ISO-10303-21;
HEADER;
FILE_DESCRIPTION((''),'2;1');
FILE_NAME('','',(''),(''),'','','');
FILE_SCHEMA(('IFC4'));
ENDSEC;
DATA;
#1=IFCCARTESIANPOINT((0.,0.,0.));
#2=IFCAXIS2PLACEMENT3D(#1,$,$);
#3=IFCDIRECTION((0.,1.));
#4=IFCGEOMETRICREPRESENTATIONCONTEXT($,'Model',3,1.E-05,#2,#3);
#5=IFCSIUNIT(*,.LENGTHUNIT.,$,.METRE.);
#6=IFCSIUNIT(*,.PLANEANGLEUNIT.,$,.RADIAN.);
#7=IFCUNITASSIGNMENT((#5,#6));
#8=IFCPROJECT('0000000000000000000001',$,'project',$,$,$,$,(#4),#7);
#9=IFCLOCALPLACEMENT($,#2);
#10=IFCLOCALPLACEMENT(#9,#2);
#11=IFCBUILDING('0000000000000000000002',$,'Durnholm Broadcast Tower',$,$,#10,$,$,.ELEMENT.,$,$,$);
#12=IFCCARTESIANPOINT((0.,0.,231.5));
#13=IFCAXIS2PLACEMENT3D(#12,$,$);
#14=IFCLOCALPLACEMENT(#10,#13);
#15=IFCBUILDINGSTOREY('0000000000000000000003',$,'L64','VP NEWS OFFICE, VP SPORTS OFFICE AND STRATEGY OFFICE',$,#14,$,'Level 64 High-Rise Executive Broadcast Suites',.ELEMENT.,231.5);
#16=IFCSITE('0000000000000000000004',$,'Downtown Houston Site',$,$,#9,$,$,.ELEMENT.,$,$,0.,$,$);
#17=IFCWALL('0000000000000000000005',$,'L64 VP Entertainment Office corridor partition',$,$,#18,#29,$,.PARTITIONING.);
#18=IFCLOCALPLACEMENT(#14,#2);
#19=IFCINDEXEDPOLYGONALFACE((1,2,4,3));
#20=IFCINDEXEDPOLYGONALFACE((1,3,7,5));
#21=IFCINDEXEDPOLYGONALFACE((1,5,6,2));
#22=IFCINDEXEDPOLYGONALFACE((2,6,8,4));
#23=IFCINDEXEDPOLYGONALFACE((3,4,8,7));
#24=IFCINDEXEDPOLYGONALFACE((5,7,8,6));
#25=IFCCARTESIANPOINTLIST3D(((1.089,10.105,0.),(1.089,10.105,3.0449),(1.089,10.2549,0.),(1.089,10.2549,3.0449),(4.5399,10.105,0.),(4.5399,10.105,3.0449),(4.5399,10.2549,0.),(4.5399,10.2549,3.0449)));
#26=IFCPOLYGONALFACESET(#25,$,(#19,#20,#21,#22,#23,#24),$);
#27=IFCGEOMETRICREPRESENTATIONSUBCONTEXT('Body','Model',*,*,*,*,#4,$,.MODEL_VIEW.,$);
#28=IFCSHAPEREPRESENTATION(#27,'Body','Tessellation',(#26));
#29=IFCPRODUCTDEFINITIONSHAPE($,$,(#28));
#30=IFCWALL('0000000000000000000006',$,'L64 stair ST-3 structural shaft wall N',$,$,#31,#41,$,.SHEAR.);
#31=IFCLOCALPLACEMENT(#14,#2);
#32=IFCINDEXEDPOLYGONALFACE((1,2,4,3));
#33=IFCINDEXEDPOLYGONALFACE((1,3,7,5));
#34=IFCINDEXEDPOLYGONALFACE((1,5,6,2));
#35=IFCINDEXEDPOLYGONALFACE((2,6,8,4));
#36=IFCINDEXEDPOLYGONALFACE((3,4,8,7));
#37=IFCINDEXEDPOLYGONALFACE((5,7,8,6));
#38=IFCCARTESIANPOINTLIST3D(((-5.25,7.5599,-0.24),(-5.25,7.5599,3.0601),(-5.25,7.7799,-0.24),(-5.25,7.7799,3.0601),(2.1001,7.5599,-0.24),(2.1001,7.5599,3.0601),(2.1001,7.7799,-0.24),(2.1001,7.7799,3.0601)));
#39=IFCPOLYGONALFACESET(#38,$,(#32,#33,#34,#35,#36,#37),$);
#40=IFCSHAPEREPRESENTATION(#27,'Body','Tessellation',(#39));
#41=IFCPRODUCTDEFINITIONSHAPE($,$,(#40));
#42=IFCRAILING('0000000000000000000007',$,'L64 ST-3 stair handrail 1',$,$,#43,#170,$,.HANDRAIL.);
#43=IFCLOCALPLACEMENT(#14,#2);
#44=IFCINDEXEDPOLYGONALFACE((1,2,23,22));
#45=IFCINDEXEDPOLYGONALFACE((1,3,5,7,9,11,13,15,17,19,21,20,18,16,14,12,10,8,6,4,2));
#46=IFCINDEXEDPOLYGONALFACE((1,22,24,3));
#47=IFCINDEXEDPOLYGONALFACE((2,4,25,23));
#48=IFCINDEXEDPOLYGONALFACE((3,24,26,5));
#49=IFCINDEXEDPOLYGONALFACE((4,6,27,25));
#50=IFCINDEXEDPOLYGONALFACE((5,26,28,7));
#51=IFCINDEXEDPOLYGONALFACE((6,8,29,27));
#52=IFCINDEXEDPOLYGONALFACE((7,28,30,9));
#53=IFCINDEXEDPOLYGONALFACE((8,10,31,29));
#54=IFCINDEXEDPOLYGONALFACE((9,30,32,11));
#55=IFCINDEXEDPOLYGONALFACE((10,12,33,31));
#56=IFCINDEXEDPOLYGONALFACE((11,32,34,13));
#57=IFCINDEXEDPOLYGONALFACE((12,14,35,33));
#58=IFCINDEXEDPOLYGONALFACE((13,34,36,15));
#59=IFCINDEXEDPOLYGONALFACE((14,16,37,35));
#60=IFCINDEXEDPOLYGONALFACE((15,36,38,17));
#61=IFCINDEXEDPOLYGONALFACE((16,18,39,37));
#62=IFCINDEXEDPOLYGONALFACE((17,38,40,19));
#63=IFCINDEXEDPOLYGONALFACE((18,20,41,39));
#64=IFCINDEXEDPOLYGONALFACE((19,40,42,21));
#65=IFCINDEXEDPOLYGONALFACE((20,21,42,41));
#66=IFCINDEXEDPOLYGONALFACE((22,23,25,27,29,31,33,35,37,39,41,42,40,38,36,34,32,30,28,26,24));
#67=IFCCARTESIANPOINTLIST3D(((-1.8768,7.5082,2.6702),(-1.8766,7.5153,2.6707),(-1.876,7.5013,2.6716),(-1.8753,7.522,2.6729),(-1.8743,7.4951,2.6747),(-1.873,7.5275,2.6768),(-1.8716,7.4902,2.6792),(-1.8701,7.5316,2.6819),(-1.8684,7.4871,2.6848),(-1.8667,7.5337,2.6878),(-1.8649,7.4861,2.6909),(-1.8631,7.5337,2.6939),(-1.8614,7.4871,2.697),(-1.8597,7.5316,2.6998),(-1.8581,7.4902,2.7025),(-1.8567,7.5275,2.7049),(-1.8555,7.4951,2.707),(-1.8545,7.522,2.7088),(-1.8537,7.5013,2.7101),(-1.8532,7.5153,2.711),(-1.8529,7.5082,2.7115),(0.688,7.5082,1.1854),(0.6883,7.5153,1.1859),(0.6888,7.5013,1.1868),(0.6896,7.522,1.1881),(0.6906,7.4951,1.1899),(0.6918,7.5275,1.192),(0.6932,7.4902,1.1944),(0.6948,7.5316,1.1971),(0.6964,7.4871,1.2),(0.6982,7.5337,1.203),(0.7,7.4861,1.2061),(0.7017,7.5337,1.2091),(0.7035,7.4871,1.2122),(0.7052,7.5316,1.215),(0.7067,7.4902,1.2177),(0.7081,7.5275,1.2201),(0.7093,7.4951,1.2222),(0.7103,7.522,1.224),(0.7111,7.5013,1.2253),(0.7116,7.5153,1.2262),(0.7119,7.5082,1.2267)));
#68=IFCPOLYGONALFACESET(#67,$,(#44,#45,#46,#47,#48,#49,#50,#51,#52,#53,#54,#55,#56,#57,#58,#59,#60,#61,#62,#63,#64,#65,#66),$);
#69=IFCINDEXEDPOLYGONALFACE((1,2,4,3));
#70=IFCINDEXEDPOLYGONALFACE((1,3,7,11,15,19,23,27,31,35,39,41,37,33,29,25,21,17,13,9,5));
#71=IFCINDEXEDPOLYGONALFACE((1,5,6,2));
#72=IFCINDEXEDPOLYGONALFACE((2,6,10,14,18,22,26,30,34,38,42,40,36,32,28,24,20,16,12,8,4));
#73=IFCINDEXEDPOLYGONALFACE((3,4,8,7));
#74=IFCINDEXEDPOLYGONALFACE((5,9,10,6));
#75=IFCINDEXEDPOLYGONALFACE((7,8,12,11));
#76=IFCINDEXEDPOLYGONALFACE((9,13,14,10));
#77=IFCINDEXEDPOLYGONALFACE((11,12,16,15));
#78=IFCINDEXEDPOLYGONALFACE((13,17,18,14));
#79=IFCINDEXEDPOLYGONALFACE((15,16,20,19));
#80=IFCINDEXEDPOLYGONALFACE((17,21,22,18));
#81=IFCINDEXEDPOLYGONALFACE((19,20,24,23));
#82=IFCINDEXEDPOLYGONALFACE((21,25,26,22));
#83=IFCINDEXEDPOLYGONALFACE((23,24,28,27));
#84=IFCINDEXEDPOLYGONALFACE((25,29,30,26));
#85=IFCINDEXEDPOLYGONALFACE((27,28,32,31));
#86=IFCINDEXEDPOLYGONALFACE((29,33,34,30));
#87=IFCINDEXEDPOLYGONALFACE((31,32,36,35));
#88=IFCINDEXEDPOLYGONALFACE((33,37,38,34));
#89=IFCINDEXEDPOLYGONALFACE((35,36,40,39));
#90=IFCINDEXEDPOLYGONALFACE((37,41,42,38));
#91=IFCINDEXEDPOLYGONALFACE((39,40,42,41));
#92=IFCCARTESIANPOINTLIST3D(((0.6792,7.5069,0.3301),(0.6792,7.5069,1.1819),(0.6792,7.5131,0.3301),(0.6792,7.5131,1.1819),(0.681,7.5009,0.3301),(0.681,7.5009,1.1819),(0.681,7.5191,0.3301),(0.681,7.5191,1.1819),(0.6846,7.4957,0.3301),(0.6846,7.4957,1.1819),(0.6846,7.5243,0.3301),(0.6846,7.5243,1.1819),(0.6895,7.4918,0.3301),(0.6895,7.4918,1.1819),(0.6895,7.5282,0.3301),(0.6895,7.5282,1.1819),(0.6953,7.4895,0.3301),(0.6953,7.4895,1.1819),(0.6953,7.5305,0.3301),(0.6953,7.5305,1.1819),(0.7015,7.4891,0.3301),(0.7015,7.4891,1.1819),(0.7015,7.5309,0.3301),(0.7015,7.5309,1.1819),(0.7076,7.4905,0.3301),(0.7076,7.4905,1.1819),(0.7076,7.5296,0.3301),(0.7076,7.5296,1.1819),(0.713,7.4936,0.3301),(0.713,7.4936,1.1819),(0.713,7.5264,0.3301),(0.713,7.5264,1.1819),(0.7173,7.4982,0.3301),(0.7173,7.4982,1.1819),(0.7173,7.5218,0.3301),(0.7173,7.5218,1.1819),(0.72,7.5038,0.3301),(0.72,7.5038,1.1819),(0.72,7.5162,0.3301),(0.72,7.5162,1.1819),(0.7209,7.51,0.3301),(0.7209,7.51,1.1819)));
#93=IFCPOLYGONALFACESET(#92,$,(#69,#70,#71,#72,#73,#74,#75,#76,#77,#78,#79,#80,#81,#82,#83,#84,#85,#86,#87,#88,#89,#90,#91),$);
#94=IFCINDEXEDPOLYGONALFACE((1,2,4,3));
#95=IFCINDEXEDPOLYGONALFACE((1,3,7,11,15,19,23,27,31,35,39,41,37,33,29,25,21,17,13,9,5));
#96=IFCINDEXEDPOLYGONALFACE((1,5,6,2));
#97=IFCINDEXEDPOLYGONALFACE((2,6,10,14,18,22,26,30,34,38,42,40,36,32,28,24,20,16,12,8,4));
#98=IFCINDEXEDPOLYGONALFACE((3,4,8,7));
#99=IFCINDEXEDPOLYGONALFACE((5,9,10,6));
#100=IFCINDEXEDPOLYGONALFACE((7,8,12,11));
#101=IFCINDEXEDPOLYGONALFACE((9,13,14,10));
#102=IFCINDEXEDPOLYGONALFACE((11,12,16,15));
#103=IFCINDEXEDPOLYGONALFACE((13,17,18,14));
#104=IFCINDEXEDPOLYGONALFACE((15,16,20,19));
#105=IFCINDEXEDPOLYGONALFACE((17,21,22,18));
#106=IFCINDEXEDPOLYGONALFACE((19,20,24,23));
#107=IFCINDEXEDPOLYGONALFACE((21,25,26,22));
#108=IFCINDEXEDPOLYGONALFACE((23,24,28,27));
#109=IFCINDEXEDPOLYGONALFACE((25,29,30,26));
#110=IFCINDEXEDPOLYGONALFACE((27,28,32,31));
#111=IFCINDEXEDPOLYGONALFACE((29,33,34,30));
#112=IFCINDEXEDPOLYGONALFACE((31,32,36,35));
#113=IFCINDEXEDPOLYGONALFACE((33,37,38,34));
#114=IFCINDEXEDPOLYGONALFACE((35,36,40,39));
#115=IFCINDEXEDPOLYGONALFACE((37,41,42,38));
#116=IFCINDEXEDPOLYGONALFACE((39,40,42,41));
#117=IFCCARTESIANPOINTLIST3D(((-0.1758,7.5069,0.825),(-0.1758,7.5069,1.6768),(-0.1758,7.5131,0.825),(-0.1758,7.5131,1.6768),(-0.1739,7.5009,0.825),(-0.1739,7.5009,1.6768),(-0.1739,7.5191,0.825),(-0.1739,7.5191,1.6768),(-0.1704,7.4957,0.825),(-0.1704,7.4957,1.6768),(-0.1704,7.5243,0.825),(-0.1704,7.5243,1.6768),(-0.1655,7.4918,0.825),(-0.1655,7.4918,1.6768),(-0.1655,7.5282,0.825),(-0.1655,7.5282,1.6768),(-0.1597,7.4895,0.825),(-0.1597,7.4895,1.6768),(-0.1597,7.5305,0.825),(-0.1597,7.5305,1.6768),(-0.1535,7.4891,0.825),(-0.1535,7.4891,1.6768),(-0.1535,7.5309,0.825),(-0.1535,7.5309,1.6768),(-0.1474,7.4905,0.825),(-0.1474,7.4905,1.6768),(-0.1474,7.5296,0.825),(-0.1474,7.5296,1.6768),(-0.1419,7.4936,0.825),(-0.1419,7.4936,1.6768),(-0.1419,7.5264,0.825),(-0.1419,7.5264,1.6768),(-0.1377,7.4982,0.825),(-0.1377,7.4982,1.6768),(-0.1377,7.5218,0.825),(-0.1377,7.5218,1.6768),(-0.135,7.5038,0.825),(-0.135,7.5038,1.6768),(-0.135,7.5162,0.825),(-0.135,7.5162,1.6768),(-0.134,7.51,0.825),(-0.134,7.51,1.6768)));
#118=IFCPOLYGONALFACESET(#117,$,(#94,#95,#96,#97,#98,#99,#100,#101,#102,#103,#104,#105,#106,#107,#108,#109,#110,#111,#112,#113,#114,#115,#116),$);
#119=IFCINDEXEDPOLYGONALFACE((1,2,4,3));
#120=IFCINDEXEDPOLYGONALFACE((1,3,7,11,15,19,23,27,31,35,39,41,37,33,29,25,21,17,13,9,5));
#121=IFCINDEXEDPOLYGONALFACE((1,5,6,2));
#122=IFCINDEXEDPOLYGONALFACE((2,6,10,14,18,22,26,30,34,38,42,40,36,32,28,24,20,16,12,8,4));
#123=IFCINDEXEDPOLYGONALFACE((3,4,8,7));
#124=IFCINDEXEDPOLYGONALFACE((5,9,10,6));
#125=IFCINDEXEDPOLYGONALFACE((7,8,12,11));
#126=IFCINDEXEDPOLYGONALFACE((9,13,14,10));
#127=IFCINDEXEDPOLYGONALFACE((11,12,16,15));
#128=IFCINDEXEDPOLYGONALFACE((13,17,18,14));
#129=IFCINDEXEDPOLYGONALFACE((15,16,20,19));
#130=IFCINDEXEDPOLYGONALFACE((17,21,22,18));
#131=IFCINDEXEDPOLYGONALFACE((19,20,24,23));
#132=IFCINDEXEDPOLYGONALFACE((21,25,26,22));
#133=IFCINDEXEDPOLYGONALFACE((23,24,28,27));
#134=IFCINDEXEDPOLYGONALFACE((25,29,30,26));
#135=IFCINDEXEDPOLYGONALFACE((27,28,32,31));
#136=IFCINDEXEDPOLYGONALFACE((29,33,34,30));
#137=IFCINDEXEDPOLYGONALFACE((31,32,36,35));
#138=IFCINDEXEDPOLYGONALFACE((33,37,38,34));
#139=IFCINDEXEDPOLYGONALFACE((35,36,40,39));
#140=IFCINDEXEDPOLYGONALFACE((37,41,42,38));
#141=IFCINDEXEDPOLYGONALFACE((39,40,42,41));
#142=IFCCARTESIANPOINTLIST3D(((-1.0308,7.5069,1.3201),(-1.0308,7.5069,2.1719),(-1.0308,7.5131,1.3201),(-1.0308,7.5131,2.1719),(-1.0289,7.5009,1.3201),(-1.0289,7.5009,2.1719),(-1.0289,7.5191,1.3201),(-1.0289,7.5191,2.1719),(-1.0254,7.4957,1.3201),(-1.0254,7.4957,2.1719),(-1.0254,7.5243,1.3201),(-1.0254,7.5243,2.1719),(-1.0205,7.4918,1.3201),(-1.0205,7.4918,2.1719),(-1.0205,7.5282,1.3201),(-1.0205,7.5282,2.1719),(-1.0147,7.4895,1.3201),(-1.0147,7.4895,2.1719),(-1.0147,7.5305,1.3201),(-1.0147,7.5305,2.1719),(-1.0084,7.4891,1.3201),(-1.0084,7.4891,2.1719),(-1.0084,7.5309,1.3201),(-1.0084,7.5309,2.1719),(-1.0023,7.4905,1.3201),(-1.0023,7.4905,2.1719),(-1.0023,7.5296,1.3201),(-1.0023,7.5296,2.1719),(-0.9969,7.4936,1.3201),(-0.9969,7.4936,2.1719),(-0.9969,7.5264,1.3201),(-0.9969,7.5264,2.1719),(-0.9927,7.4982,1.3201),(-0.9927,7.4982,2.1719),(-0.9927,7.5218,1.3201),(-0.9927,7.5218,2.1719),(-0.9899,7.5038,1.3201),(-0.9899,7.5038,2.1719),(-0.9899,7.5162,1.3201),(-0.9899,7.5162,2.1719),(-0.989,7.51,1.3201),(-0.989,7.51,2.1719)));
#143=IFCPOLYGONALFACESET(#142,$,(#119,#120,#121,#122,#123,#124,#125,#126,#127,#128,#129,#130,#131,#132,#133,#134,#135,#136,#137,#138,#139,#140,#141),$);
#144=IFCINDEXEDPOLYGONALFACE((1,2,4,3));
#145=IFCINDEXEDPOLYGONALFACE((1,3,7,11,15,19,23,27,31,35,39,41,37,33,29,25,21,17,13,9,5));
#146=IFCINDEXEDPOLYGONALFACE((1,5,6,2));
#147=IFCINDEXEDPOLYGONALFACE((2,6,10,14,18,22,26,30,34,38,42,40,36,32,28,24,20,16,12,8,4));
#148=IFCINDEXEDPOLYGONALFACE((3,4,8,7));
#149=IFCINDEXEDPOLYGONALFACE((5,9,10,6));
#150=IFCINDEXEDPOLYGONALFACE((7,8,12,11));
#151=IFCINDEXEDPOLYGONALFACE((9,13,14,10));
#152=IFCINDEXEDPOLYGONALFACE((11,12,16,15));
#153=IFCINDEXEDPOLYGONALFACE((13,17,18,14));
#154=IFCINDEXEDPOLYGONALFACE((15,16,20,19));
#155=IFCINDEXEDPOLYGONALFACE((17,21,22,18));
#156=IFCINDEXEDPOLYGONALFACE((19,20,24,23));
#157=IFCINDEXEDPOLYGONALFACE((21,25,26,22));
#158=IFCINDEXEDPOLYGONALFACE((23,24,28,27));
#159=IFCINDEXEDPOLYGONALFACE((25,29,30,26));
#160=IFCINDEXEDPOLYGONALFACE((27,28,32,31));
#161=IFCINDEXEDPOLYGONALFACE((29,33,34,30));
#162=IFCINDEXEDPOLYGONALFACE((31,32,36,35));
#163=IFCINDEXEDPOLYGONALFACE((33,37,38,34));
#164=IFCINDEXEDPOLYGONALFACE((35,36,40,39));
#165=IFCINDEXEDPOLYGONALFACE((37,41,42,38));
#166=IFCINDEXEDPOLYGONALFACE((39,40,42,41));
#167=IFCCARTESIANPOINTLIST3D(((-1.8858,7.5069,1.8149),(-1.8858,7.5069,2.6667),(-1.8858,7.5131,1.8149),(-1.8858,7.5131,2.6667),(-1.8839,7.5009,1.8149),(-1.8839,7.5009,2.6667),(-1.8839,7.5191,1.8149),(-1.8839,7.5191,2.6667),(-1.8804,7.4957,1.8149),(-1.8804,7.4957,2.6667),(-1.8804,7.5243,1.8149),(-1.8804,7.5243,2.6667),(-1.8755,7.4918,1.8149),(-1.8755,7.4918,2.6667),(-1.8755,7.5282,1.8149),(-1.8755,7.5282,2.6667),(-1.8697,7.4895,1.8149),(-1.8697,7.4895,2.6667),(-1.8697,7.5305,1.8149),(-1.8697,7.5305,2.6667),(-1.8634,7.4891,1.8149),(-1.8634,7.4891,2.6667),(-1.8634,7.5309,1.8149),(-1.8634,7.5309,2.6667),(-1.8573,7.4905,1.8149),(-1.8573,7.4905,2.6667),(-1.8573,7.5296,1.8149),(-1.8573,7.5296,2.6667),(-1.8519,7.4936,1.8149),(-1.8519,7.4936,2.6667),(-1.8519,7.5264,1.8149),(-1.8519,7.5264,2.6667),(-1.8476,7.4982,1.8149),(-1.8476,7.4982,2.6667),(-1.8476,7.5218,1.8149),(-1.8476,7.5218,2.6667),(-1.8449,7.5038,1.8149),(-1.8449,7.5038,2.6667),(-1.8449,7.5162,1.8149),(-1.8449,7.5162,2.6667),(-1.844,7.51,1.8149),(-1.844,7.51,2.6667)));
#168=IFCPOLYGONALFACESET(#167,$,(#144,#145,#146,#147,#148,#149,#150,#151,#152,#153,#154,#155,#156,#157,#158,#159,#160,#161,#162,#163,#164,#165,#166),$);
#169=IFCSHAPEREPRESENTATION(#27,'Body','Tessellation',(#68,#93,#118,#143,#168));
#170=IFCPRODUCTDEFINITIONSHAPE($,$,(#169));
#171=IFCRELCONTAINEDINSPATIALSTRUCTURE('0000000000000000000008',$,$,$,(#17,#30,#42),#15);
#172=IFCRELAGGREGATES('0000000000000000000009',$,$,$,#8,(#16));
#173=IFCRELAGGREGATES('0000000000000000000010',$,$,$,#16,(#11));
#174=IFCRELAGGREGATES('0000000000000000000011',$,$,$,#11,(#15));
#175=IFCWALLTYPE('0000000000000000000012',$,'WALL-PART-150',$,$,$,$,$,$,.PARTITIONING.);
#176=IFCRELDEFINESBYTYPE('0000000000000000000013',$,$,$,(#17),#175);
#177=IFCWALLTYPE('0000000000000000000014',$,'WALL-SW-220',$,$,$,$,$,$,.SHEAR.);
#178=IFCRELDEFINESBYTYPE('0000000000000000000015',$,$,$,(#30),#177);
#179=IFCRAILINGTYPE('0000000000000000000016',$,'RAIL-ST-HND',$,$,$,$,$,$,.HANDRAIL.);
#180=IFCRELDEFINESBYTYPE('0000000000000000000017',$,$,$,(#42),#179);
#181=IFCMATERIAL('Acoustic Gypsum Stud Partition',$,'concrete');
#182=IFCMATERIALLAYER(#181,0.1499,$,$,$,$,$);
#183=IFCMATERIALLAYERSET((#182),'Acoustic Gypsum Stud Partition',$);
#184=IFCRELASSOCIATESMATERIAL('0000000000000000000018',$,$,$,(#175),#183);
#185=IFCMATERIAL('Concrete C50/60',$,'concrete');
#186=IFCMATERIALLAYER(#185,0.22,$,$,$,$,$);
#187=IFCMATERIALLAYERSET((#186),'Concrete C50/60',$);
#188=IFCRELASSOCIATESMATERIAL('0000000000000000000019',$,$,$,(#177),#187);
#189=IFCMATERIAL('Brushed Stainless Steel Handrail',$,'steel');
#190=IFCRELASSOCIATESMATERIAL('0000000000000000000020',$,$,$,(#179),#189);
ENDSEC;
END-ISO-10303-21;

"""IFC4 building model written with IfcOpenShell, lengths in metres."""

from ifc_helpers import new_model, si_unit, direction, frame, frame_2d, origin, origin_2d, place, context, subcontext, project, spatial, rectangle, circle, extrude, material, layer, layer_set, type_object, element, save


model = new_model("IFC4")

# Units and contexts
model_context = context("Model", 3, precision=1e-05, world=origin(), true_north=direction((0.0, 1.0)))
body_context = subcontext(model_context, "Body", "Model", "MODEL_VIEW")
ifc_project = project(units=[si_unit("LENGTHUNIT", "METRE"), si_unit("PLANEANGLEUNIT", "RADIAN")], contexts=[model_context])

# Site, building, storey
site_placement = place(None, origin())
site = spatial("IfcSite", under=ifc_project, at=site_placement, Name="Downtown Houston Site", CompositionType="ELEMENT", RefElevation=0.0)
building_placement = place(site_placement, origin())
building = spatial("IfcBuilding", under=site, at=building_placement, Name="Durnholm Broadcast Tower", CompositionType="ELEMENT")
storey_placement = place(building_placement, frame((0.0, 0.0, 231.5)))
storey = spatial("IfcBuildingStorey", under=building, at=storey_placement, Name="L64", Description="VP NEWS OFFICE, VP SPORTS OFFICE AND STRATEGY OFFICE", LongName="Level 64 High-Rise Executive Broadcast Suites", CompositionType="ELEMENT", Elevation=231.5)

# Shared definitions
ifc_material_1 = material(Name="Acoustic Gypsum Stud Partition", Category="concrete")
ifc_layer_1 = layer(ifc_material_1, 0.1499)
ifc_layer_set_1 = layer_set([ifc_layer_1], Name="Acoustic Gypsum Stud Partition")
wall_type_1 = type_object("IfcWallType", Name="WALL-PART-150", PredefinedType="PARTITIONING", material=ifc_layer_set_1)

# Walls
wall_1_placement = place(storey_placement, frame((4.54, 10.1799, 0.0), z_axis=(0.0, 0.0, 1.0), x_axis=(-1.0, 0.0, 0.0)))
element("IfcWall", 1, at=wall_1_placement, inside=storey, type_object=wall_type_1, Name="L64 VP Entertainment Office corridor partition", PredefinedType="PARTITIONING", context=body_context, shape_type="SweptSolid", body=[
    extrude(rectangle(XDim=3.4509, YDim=0.1499, at=frame_2d((1.7256, 0.0))), origin(), (0.0, 0.0, 1.0), 3.0449),
])
ifc_material_2 = material(Name="Concrete C50/60", Category="concrete")
ifc_layer_2 = layer(ifc_material_2, 0.22)
ifc_layer_set_2 = layer_set([ifc_layer_2], Name="Concrete C50/60")
wall_type_2 = type_object("IfcWallType", Name="WALL-SW-220", PredefinedType="SHEAR", material=ifc_layer_set_2)
wall_2_placement = place(storey_placement, frame((2.1001, 7.6699, -0.24), z_axis=(0.0, 0.0, 1.0), x_axis=(-1.0, 0.0, 0.0)))
element("IfcWall", 2, at=wall_2_placement, inside=storey, type_object=wall_type_2, Name="L64 stair ST-3 structural shaft wall N", PredefinedType="SHEAR", context=body_context, shape_type="SweptSolid", body=[
    extrude(rectangle(XDim=7.3501, YDim=0.22, at=frame_2d((3.675, 0.0))), origin(), (0.0, 0.0, 1.0), 3.3),
])

# Railing
ifc_material_3 = material(Name="Brushed Stainless Steel Handrail", Category="steel")
railing_type = type_object("IfcRailingType", Name="RAIL-ST-HND", PredefinedType="HANDRAIL", material=ifc_material_3)
railing_placement = place(storey_placement, frame((0.7, 7.51, 0.3301)))
element("IfcRailing", 3, at=railing_placement, inside=storey, type_object=railing_type, Name="L64 ST-3 stair handrail 1", PredefinedType="HANDRAIL", context=body_context, shape_type="SweptSolid", body=[
    extrude(circle(Radius=0.0239, at=origin_2d()), frame((0.0, 0.0, 0.876), z_axis=(-0.865441, 0.0, 0.50101), x_axis=(0.0, -1.0, 0.0)), (0.0, 0.0, 1.0), 2.9636),
    extrude(circle(Radius=0.021, at=origin_2d()), origin(), (0.0, 0.0, 1.0), 0.8518),
    extrude(circle(Radius=0.021, at=origin_2d()), frame((-0.855, 0.0, 0.4949)), (0.0, 0.0, 1.0), 0.8518),
    extrude(circle(Radius=0.021, at=origin_2d()), frame((-1.71, 0.0, 0.99)), (0.0, 0.0, 1.0), 0.8518),
    extrude(circle(Radius=0.021, at=origin_2d()), frame((-2.5649, 0.0, 1.4849)), (0.0, 0.0, 1.0), 0.8518),
])

save(model, "model.ifc")
